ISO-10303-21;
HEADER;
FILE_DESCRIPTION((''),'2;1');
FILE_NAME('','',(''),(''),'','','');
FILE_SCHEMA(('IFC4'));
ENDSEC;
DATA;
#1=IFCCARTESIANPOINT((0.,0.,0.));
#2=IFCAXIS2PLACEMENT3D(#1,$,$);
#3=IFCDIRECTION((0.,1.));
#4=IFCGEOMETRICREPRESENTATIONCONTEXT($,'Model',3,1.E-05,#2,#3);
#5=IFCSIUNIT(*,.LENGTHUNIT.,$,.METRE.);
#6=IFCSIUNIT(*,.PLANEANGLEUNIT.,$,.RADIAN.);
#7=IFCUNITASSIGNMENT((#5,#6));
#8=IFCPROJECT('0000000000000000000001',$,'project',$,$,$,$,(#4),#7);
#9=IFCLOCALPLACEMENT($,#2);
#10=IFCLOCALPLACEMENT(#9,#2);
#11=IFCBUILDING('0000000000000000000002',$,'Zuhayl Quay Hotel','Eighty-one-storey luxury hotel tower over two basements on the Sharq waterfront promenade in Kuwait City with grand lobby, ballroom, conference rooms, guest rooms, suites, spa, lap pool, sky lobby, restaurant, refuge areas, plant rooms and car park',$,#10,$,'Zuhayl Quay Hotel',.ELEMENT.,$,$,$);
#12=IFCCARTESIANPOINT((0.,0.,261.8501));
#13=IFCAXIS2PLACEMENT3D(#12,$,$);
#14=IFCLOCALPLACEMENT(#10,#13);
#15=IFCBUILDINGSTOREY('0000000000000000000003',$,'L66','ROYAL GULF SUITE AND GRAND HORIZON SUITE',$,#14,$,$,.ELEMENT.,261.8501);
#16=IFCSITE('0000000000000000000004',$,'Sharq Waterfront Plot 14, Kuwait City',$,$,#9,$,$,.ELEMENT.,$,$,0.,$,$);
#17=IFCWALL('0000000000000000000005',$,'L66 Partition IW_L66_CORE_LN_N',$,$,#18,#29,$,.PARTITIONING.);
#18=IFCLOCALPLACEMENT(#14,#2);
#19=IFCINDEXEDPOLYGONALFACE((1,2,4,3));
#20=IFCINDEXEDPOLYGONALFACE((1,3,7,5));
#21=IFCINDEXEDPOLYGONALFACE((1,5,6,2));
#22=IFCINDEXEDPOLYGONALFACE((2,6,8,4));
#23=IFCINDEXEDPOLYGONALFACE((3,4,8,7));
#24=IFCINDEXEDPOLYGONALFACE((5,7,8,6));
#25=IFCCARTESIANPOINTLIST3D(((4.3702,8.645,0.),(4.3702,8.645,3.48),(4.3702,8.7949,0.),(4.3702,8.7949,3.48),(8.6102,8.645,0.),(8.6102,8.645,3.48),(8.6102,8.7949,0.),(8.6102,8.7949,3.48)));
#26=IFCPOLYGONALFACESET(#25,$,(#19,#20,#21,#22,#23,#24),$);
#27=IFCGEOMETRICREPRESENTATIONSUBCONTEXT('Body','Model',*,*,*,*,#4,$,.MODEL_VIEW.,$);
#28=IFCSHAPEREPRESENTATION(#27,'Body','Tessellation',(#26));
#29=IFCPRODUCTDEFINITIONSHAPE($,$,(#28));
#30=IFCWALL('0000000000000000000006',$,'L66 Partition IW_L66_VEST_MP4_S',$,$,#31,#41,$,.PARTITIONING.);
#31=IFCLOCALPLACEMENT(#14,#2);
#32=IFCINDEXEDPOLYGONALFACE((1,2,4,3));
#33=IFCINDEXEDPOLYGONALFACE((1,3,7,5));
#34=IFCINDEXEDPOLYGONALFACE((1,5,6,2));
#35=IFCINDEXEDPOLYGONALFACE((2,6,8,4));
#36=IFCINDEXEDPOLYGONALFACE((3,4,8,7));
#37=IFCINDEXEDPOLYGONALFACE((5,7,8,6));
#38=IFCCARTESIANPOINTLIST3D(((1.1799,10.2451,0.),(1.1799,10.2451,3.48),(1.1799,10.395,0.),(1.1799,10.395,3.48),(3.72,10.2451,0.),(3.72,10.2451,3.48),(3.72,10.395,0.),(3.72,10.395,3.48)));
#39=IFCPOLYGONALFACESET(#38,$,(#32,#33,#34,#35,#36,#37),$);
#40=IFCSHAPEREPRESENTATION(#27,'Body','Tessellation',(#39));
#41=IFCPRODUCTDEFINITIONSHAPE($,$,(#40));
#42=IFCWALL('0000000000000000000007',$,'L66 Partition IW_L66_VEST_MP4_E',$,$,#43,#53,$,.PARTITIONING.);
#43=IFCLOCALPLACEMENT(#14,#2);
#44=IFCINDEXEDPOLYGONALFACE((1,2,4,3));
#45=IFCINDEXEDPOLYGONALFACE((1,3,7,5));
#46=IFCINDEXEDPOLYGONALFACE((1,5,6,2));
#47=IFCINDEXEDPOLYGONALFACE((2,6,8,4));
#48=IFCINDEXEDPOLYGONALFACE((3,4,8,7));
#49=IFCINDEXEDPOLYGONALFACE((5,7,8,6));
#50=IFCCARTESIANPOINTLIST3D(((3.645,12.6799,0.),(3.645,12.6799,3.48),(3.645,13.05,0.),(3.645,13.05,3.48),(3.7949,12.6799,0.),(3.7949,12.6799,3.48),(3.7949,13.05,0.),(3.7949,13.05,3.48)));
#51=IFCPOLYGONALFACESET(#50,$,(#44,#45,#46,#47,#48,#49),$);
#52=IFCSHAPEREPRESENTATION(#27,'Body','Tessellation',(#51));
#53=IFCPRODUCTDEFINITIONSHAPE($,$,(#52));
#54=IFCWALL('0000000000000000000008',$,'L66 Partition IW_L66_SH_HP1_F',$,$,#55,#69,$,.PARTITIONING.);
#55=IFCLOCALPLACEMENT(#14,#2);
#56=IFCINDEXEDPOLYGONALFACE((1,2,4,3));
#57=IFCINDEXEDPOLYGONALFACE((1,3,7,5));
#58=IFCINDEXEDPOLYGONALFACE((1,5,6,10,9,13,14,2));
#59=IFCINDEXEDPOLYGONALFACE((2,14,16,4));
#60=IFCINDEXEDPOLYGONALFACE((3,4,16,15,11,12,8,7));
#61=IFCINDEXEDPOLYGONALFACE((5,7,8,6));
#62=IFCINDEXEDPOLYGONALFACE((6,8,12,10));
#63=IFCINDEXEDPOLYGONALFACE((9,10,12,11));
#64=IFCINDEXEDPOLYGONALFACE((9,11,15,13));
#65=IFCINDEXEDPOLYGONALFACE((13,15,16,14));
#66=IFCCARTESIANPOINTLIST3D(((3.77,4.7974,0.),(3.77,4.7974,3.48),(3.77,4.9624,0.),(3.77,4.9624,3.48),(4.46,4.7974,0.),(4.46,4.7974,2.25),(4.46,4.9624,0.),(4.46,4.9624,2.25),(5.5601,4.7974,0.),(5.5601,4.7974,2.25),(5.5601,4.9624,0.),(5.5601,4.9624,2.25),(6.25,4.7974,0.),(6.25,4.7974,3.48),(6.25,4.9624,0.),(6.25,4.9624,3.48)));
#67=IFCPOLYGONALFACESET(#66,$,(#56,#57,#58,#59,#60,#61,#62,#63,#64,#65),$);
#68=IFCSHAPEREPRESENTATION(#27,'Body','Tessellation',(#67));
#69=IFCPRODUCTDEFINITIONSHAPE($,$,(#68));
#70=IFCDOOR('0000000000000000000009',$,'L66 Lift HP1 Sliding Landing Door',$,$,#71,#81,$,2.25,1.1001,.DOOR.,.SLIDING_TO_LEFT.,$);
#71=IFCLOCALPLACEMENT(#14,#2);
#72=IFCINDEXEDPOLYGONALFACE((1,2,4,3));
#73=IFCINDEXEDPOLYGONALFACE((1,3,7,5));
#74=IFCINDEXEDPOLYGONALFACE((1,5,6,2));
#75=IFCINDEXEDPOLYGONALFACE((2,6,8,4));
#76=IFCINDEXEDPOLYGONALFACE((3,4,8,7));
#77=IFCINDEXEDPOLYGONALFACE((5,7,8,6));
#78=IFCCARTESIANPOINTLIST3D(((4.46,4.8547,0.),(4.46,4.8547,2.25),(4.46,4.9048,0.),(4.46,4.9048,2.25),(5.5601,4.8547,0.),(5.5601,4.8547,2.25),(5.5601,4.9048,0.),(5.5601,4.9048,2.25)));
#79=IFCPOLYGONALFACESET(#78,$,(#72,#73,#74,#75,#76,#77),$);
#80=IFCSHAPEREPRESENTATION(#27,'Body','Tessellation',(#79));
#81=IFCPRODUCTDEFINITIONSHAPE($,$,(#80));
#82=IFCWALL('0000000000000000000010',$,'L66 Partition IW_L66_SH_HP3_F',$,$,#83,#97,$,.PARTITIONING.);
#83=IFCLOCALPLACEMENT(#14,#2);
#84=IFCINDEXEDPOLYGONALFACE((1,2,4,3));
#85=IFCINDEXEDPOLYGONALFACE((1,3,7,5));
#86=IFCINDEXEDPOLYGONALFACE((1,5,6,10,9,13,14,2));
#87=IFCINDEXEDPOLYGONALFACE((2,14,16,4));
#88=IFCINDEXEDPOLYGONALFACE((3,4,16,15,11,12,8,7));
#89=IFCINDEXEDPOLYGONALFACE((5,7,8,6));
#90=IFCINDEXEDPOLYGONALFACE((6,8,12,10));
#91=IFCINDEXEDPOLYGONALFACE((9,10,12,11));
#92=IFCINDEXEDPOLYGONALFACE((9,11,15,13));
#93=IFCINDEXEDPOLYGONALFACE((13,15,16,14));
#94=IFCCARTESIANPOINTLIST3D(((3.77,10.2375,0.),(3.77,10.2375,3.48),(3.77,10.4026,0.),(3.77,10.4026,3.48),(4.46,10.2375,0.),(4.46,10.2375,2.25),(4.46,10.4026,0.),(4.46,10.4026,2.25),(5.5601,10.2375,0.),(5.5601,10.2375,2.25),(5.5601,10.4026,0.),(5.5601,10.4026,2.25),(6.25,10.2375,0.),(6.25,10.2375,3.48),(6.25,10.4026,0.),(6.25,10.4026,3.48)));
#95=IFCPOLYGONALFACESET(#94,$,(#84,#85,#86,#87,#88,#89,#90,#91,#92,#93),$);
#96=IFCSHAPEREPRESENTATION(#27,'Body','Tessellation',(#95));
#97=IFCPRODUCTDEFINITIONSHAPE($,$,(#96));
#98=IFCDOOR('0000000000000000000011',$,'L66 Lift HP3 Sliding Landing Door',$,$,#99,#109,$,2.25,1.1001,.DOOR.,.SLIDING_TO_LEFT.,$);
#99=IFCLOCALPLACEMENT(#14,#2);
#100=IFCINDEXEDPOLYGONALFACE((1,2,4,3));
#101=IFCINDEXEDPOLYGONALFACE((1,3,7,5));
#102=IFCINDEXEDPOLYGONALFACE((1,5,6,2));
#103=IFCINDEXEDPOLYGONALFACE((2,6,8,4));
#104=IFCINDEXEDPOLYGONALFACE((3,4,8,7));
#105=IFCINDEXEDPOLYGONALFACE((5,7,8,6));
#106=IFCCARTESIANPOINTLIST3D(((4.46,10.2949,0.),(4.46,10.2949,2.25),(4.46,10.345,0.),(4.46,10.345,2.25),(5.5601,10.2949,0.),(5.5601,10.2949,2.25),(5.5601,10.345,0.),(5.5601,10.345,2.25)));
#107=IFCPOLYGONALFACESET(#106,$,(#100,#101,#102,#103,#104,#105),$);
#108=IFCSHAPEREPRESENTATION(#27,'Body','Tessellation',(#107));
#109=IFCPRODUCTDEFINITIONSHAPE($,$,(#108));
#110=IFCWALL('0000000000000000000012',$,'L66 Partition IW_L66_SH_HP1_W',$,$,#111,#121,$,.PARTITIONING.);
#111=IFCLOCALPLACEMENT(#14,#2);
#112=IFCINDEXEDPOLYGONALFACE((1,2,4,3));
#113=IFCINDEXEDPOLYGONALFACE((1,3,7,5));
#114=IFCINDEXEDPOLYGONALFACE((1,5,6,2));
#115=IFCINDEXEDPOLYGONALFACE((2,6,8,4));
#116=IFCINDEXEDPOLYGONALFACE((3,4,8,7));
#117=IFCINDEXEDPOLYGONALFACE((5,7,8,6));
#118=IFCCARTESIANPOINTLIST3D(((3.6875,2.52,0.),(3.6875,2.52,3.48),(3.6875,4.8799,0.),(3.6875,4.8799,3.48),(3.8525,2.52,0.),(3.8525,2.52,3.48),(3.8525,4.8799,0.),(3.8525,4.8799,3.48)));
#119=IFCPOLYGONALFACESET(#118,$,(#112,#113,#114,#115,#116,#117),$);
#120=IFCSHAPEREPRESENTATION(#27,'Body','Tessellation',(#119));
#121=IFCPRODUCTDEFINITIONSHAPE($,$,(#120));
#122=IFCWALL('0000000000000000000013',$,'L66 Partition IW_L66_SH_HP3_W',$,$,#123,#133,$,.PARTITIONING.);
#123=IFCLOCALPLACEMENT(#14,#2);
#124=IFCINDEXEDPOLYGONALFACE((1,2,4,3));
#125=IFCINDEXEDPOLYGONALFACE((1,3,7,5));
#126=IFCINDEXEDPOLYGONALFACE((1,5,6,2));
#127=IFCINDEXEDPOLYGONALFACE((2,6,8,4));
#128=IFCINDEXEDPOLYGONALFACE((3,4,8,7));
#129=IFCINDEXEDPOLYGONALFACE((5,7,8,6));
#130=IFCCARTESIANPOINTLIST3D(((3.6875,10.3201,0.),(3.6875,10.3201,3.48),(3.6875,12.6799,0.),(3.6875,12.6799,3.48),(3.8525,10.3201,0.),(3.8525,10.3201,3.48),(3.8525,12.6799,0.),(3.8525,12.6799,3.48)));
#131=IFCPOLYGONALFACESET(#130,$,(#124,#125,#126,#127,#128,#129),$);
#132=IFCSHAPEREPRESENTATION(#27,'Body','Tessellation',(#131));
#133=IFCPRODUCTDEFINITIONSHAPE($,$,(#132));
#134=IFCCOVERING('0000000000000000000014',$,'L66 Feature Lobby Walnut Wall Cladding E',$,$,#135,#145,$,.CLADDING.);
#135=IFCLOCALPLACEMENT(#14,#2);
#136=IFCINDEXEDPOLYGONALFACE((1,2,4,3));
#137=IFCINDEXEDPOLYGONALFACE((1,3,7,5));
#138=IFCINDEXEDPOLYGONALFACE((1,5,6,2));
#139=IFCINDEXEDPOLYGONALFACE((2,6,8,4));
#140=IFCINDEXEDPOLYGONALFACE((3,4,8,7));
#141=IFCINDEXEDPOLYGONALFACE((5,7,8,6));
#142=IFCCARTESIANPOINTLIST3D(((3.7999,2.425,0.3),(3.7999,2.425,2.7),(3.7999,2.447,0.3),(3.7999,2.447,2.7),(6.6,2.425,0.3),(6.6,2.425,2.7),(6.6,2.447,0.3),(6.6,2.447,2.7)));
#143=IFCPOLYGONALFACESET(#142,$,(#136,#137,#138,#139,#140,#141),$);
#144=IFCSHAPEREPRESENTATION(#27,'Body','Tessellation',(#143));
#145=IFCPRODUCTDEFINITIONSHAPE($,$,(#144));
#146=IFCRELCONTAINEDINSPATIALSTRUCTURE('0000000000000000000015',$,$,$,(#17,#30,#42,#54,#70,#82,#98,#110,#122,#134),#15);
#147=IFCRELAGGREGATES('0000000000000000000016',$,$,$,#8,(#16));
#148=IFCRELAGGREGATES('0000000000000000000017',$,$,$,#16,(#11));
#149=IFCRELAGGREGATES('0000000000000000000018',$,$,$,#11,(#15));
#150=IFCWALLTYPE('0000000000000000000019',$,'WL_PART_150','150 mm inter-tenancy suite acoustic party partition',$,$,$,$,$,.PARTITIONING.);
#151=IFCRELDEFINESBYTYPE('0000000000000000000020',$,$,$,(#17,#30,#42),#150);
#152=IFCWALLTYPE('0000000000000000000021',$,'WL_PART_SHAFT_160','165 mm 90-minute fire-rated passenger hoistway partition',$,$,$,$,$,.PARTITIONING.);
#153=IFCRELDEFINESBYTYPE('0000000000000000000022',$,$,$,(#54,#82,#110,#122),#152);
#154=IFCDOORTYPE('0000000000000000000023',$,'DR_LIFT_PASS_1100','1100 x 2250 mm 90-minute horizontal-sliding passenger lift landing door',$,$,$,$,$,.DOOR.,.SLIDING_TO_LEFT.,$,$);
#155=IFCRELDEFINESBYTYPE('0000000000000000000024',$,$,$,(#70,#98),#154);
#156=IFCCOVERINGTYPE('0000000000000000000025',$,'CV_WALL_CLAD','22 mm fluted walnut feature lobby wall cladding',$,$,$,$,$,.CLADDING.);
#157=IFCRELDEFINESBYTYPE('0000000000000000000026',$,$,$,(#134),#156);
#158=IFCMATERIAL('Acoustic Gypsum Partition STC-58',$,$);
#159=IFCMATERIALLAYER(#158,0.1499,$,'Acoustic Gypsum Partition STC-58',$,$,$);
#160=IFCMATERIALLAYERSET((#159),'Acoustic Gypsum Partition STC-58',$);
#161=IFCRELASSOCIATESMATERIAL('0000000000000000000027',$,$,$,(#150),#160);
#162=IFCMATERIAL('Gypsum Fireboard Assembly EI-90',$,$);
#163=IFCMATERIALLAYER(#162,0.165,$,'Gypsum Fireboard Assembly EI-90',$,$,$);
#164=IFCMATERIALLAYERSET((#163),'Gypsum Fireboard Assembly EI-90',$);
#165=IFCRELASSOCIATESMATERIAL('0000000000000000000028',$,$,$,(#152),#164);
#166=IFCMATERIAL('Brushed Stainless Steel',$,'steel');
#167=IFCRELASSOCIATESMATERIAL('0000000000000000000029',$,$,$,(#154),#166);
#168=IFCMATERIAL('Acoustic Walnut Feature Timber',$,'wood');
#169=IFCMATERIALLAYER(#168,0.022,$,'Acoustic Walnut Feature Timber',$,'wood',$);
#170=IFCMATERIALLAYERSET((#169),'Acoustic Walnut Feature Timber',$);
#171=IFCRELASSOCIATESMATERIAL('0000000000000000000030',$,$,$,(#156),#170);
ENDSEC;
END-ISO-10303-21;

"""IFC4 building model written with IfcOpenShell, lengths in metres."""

from ifc_helpers import new_model, si_unit, direction, frame, frame_2d, origin, origin_2d, place, context, subcontext, project, spatial, rectangle, extrude, material, layer, layer_set, type_object, element, fill, save


model = new_model("IFC4")

# Units and contexts
model_context = context("Model", 3, precision=1e-05, world=origin(), true_north=direction((0.0, 1.0)))
body_context = subcontext(model_context, "Body", "Model", "MODEL_VIEW")
ifc_project = project(units=[si_unit("LENGTHUNIT", "METRE"), si_unit("PLANEANGLEUNIT", "RADIAN")], contexts=[model_context])

# Site, building, storey
site_placement = place(None, origin())
site = spatial("IfcSite", under=ifc_project, at=site_placement, Name="Sharq Waterfront Plot 14, Kuwait City", CompositionType="ELEMENT", RefElevation=0.0)
building_placement = place(site_placement, origin())
building = spatial("IfcBuilding", under=site, at=building_placement, Name="Zuhayl Quay Hotel", Description="Eighty-one-storey luxury hotel tower over two basements on the Sharq waterfront promenade in Kuwait City with grand lobby, ballroom, conference rooms, guest rooms, suites, spa, lap pool, sky lobby, restaurant, refuge areas, plant rooms and car park", LongName="Zuhayl Quay Hotel", CompositionType="ELEMENT")
storey_placement = place(building_placement, frame((0.0, 0.0, 261.8501)))
storey = spatial("IfcBuildingStorey", under=building, at=storey_placement, Name="L66", Description="ROYAL GULF SUITE AND GRAND HORIZON SUITE", CompositionType="ELEMENT", Elevation=261.8501)

# Shared definitions
ifc_material_1 = material(Name="Acoustic Gypsum Partition STC-58")
ifc_layer_1 = layer(ifc_material_1, 0.1499, Name="Acoustic Gypsum Partition STC-58")
ifc_layer_set_1 = layer_set([ifc_layer_1], Name="Acoustic Gypsum Partition STC-58")
wall_type_1 = type_object("IfcWallType", Name="WL_PART_150", Description="150 mm inter-tenancy suite acoustic party partition", PredefinedType="PARTITIONING", material=ifc_layer_set_1)

# Walls
wall_1_placement = place(storey_placement, frame((4.3701, 8.72, 0.0), z_axis=(0.0, 0.0, 1.0), x_axis=(1.0, 0.0, 0.0)))
element("IfcWall", 1, at=wall_1_placement, inside=storey, type_object=wall_type_1, Name="L66 Partition IW_L66_CORE_LN_N", PredefinedType="PARTITIONING", context=body_context, shape_type="SweptSolid", body=[
    extrude(rectangle(XDim=4.24, YDim=0.1499, at=frame_2d((2.1201, 0.0))), origin(), (0.0, 0.0, 1.0), 3.48),
])
wall_2_placement = place(storey_placement, frame((1.1799, 10.3201, 0.0), z_axis=(0.0, 0.0, 1.0), x_axis=(1.0, 0.0, 0.0)))
element("IfcWall", 2, at=wall_2_placement, inside=storey, type_object=wall_type_1, Name="L66 Partition IW_L66_VEST_MP4_S", PredefinedType="PARTITIONING", context=body_context, shape_type="SweptSolid", body=[
    extrude(rectangle(XDim=2.54, YDim=0.1499, at=frame_2d((1.27, 0.0))), origin(), (0.0, 0.0, 1.0), 3.48),
])
wall_3_placement = place(storey_placement, frame((3.72, 12.6799, 0.0), z_axis=(0.0, 0.0, 1.0), x_axis=(0.0, 1.0, 0.0)))
element("IfcWall", 3, at=wall_3_placement, inside=storey, type_object=wall_type_1, Name="L66 Partition IW_L66_VEST_MP4_E", PredefinedType="PARTITIONING", context=body_context, shape_type="SweptSolid", body=[
    extrude(rectangle(XDim=0.3701, YDim=0.1499, at=frame_2d((0.1851, 0.0))), origin(), (0.0, 0.0, 1.0), 3.48),
])

# Walls, openings, doors
ifc_material_2 = material(Name="Gypsum Fireboard Assembly EI-90")
ifc_layer_2 = layer(ifc_material_2, 0.165, Name="Gypsum Fireboard Assembly EI-90")
ifc_layer_set_2 = layer_set([ifc_layer_2], Name="Gypsum Fireboard Assembly EI-90")
wall_type_2 = type_object("IfcWallType", Name="WL_PART_SHAFT_160", Description="165 mm 90-minute fire-rated passenger hoistway partition", PredefinedType="PARTITIONING", material=ifc_layer_set_2)
wall_4_placement = place(storey_placement, frame((3.77, 4.8799, 0.0), z_axis=(0.0, 0.0, 1.0), x_axis=(1.0, 0.0, 0.0)))
wall_4 = element("IfcWall", 4, at=wall_4_placement, inside=storey, type_object=wall_type_2, Name="L66 Partition IW_L66_SH_HP1_F", PredefinedType="PARTITIONING", context=body_context, shape_type="SweptSolid", body=[
    extrude(rectangle(XDim=2.48, YDim=0.165, at=frame_2d((1.24, 0.0))), origin(), (0.0, 0.0, 1.0), 3.48),
])
opening_1_placement = place(wall_4_placement, frame((0.6899, 0.0, 0.0)))
opening_1 = element("IfcOpeningElement", 5, at=opening_1_placement, cuts=wall_4, PredefinedType="OPENING", context=body_context, shape_type="SweptSolid", body=[
    extrude(rectangle(XDim=1.1001, YDim=2.25, at=frame_2d((0.55, 1.125))), frame((0.0, 0.0925, 0.0), z_axis=(0.0, -1.0, 0.0), x_axis=(1.0, 0.0, 0.0)), (0.0, 0.0, 1.0), 0.1851),
])
ifc_material_3 = material(Name="Brushed Stainless Steel", Category="steel")
door_type_1 = type_object("IfcDoorType", Name="DR_LIFT_PASS_1100", Description="1100 x 2250 mm 90-minute horizontal-sliding passenger lift landing door", OperationType="SLIDING_TO_LEFT", PredefinedType="DOOR", material=ifc_material_3)
door_1_placement = place(opening_1_placement, origin())
door_1 = element("IfcDoor", 6, at=door_1_placement, inside=storey, type_object=door_type_1, Name="L66 Lift HP1 Sliding Landing Door", OperationType="SLIDING_TO_LEFT", OverallHeight=2.25, OverallWidth=1.1001, PredefinedType="DOOR", context=body_context, shape_type="SweptSolid", body=[
    extrude(rectangle(XDim=1.1001, YDim=2.25, at=frame_2d((0.55, 1.125))), frame((0.0, 0.0249, 0.0), z_axis=(0.0, -1.0, 0.0), x_axis=(1.0, 0.0, 0.0)), (0.0, 0.0, 1.0), 0.05),
])
fill(opening_1, door_1)
wall_5_placement = place(storey_placement, frame((3.77, 10.3201, 0.0), z_axis=(0.0, 0.0, 1.0), x_axis=(1.0, 0.0, 0.0)))
wall_5 = element("IfcWall", 7, at=wall_5_placement, inside=storey, type_object=wall_type_2, Name="L66 Partition IW_L66_SH_HP3_F", PredefinedType="PARTITIONING", context=body_context, shape_type="SweptSolid", body=[
    extrude(rectangle(XDim=2.48, YDim=0.165, at=frame_2d((1.24, 0.0))), origin(), (0.0, 0.0, 1.0), 3.48),
])
opening_2_placement = place(wall_5_placement, frame((0.6899, 0.0, 0.0)))
opening_2 = element("IfcOpeningElement", 8, at=opening_2_placement, cuts=wall_5, PredefinedType="OPENING", context=body_context, shape_type="SweptSolid", body=[
    extrude(rectangle(XDim=1.1001, YDim=2.25, at=frame_2d((0.55, 1.125))), frame((0.0, 0.0925, 0.0), z_axis=(0.0, -1.0, 0.0), x_axis=(1.0, 0.0, 0.0)), (0.0, 0.0, 1.0), 0.1851),
])
door_2_placement = place(opening_2_placement, origin())
door_2 = element("IfcDoor", 9, at=door_2_placement, inside=storey, type_object=door_type_1, Name="L66 Lift HP3 Sliding Landing Door", OperationType="SLIDING_TO_LEFT", OverallHeight=2.25, OverallWidth=1.1001, PredefinedType="DOOR", context=body_context, shape_type="SweptSolid", body=[
    extrude(rectangle(XDim=1.1001, YDim=2.25, at=frame_2d((0.55, 1.125))), frame((0.0, 0.0249, 0.0), z_axis=(0.0, -1.0, 0.0), x_axis=(1.0, 0.0, 0.0)), (0.0, 0.0, 1.0), 0.05),
])
fill(opening_2, door_2)

# Walls
for number, where, z_axis, x_axis, name in (
    (10, (3.77, 2.52, 0.0), (0.0, 0.0, 1.0), (0.0, 1.0, 0.0), "L66 Partition IW_L66_SH_HP1_W"),
    (11, (3.77, 10.3201, 0.0), (0.0, 0.0, 1.0), (0.0, 1.0, 0.0), "L66 Partition IW_L66_SH_HP3_W"),
):
    element("IfcWall", number, at=place(storey_placement, frame(where, z_axis=z_axis, x_axis=x_axis)), inside=storey, type_object=wall_type_2, Name=name, PredefinedType="PARTITIONING", context=body_context, shape_type="SweptSolid", body=[
        extrude(rectangle(XDim=2.3599, YDim=0.165, at=frame_2d((1.1799, 0.0))), origin(), (0.0, 0.0, 1.0), 3.48),
    ])

# Covering
ifc_material_4 = material(Name="Acoustic Walnut Feature Timber", Category="wood")
ifc_layer_3 = layer(ifc_material_4, 0.022, Name="Acoustic Walnut Feature Timber", Category="wood")
ifc_layer_set_3 = layer_set([ifc_layer_3], Name="Acoustic Walnut Feature Timber")
covering_type = type_object("IfcCoveringType", Name="CV_WALL_CLAD", Description="22 mm fluted walnut feature lobby wall cladding", PredefinedType="CLADDING", material=ifc_layer_set_3)
covering_placement = place(storey_placement, frame((5.2, 2.436, 0.3), z_axis=(0.0, 0.0, 1.0), x_axis=(1.0, 0.0, 0.0)))
element("IfcCovering", 12, at=covering_placement, inside=storey, type_object=covering_type, Name="L66 Feature Lobby Walnut Wall Cladding E", PredefinedType="CLADDING", context=body_context, shape_type="SweptSolid", body=[
    extrude(rectangle(XDim=2.8, YDim=0.022, at=origin_2d()), origin(), (0.0, 0.0, 1.0), 2.3999),
])

save(model, "model.ifc")
